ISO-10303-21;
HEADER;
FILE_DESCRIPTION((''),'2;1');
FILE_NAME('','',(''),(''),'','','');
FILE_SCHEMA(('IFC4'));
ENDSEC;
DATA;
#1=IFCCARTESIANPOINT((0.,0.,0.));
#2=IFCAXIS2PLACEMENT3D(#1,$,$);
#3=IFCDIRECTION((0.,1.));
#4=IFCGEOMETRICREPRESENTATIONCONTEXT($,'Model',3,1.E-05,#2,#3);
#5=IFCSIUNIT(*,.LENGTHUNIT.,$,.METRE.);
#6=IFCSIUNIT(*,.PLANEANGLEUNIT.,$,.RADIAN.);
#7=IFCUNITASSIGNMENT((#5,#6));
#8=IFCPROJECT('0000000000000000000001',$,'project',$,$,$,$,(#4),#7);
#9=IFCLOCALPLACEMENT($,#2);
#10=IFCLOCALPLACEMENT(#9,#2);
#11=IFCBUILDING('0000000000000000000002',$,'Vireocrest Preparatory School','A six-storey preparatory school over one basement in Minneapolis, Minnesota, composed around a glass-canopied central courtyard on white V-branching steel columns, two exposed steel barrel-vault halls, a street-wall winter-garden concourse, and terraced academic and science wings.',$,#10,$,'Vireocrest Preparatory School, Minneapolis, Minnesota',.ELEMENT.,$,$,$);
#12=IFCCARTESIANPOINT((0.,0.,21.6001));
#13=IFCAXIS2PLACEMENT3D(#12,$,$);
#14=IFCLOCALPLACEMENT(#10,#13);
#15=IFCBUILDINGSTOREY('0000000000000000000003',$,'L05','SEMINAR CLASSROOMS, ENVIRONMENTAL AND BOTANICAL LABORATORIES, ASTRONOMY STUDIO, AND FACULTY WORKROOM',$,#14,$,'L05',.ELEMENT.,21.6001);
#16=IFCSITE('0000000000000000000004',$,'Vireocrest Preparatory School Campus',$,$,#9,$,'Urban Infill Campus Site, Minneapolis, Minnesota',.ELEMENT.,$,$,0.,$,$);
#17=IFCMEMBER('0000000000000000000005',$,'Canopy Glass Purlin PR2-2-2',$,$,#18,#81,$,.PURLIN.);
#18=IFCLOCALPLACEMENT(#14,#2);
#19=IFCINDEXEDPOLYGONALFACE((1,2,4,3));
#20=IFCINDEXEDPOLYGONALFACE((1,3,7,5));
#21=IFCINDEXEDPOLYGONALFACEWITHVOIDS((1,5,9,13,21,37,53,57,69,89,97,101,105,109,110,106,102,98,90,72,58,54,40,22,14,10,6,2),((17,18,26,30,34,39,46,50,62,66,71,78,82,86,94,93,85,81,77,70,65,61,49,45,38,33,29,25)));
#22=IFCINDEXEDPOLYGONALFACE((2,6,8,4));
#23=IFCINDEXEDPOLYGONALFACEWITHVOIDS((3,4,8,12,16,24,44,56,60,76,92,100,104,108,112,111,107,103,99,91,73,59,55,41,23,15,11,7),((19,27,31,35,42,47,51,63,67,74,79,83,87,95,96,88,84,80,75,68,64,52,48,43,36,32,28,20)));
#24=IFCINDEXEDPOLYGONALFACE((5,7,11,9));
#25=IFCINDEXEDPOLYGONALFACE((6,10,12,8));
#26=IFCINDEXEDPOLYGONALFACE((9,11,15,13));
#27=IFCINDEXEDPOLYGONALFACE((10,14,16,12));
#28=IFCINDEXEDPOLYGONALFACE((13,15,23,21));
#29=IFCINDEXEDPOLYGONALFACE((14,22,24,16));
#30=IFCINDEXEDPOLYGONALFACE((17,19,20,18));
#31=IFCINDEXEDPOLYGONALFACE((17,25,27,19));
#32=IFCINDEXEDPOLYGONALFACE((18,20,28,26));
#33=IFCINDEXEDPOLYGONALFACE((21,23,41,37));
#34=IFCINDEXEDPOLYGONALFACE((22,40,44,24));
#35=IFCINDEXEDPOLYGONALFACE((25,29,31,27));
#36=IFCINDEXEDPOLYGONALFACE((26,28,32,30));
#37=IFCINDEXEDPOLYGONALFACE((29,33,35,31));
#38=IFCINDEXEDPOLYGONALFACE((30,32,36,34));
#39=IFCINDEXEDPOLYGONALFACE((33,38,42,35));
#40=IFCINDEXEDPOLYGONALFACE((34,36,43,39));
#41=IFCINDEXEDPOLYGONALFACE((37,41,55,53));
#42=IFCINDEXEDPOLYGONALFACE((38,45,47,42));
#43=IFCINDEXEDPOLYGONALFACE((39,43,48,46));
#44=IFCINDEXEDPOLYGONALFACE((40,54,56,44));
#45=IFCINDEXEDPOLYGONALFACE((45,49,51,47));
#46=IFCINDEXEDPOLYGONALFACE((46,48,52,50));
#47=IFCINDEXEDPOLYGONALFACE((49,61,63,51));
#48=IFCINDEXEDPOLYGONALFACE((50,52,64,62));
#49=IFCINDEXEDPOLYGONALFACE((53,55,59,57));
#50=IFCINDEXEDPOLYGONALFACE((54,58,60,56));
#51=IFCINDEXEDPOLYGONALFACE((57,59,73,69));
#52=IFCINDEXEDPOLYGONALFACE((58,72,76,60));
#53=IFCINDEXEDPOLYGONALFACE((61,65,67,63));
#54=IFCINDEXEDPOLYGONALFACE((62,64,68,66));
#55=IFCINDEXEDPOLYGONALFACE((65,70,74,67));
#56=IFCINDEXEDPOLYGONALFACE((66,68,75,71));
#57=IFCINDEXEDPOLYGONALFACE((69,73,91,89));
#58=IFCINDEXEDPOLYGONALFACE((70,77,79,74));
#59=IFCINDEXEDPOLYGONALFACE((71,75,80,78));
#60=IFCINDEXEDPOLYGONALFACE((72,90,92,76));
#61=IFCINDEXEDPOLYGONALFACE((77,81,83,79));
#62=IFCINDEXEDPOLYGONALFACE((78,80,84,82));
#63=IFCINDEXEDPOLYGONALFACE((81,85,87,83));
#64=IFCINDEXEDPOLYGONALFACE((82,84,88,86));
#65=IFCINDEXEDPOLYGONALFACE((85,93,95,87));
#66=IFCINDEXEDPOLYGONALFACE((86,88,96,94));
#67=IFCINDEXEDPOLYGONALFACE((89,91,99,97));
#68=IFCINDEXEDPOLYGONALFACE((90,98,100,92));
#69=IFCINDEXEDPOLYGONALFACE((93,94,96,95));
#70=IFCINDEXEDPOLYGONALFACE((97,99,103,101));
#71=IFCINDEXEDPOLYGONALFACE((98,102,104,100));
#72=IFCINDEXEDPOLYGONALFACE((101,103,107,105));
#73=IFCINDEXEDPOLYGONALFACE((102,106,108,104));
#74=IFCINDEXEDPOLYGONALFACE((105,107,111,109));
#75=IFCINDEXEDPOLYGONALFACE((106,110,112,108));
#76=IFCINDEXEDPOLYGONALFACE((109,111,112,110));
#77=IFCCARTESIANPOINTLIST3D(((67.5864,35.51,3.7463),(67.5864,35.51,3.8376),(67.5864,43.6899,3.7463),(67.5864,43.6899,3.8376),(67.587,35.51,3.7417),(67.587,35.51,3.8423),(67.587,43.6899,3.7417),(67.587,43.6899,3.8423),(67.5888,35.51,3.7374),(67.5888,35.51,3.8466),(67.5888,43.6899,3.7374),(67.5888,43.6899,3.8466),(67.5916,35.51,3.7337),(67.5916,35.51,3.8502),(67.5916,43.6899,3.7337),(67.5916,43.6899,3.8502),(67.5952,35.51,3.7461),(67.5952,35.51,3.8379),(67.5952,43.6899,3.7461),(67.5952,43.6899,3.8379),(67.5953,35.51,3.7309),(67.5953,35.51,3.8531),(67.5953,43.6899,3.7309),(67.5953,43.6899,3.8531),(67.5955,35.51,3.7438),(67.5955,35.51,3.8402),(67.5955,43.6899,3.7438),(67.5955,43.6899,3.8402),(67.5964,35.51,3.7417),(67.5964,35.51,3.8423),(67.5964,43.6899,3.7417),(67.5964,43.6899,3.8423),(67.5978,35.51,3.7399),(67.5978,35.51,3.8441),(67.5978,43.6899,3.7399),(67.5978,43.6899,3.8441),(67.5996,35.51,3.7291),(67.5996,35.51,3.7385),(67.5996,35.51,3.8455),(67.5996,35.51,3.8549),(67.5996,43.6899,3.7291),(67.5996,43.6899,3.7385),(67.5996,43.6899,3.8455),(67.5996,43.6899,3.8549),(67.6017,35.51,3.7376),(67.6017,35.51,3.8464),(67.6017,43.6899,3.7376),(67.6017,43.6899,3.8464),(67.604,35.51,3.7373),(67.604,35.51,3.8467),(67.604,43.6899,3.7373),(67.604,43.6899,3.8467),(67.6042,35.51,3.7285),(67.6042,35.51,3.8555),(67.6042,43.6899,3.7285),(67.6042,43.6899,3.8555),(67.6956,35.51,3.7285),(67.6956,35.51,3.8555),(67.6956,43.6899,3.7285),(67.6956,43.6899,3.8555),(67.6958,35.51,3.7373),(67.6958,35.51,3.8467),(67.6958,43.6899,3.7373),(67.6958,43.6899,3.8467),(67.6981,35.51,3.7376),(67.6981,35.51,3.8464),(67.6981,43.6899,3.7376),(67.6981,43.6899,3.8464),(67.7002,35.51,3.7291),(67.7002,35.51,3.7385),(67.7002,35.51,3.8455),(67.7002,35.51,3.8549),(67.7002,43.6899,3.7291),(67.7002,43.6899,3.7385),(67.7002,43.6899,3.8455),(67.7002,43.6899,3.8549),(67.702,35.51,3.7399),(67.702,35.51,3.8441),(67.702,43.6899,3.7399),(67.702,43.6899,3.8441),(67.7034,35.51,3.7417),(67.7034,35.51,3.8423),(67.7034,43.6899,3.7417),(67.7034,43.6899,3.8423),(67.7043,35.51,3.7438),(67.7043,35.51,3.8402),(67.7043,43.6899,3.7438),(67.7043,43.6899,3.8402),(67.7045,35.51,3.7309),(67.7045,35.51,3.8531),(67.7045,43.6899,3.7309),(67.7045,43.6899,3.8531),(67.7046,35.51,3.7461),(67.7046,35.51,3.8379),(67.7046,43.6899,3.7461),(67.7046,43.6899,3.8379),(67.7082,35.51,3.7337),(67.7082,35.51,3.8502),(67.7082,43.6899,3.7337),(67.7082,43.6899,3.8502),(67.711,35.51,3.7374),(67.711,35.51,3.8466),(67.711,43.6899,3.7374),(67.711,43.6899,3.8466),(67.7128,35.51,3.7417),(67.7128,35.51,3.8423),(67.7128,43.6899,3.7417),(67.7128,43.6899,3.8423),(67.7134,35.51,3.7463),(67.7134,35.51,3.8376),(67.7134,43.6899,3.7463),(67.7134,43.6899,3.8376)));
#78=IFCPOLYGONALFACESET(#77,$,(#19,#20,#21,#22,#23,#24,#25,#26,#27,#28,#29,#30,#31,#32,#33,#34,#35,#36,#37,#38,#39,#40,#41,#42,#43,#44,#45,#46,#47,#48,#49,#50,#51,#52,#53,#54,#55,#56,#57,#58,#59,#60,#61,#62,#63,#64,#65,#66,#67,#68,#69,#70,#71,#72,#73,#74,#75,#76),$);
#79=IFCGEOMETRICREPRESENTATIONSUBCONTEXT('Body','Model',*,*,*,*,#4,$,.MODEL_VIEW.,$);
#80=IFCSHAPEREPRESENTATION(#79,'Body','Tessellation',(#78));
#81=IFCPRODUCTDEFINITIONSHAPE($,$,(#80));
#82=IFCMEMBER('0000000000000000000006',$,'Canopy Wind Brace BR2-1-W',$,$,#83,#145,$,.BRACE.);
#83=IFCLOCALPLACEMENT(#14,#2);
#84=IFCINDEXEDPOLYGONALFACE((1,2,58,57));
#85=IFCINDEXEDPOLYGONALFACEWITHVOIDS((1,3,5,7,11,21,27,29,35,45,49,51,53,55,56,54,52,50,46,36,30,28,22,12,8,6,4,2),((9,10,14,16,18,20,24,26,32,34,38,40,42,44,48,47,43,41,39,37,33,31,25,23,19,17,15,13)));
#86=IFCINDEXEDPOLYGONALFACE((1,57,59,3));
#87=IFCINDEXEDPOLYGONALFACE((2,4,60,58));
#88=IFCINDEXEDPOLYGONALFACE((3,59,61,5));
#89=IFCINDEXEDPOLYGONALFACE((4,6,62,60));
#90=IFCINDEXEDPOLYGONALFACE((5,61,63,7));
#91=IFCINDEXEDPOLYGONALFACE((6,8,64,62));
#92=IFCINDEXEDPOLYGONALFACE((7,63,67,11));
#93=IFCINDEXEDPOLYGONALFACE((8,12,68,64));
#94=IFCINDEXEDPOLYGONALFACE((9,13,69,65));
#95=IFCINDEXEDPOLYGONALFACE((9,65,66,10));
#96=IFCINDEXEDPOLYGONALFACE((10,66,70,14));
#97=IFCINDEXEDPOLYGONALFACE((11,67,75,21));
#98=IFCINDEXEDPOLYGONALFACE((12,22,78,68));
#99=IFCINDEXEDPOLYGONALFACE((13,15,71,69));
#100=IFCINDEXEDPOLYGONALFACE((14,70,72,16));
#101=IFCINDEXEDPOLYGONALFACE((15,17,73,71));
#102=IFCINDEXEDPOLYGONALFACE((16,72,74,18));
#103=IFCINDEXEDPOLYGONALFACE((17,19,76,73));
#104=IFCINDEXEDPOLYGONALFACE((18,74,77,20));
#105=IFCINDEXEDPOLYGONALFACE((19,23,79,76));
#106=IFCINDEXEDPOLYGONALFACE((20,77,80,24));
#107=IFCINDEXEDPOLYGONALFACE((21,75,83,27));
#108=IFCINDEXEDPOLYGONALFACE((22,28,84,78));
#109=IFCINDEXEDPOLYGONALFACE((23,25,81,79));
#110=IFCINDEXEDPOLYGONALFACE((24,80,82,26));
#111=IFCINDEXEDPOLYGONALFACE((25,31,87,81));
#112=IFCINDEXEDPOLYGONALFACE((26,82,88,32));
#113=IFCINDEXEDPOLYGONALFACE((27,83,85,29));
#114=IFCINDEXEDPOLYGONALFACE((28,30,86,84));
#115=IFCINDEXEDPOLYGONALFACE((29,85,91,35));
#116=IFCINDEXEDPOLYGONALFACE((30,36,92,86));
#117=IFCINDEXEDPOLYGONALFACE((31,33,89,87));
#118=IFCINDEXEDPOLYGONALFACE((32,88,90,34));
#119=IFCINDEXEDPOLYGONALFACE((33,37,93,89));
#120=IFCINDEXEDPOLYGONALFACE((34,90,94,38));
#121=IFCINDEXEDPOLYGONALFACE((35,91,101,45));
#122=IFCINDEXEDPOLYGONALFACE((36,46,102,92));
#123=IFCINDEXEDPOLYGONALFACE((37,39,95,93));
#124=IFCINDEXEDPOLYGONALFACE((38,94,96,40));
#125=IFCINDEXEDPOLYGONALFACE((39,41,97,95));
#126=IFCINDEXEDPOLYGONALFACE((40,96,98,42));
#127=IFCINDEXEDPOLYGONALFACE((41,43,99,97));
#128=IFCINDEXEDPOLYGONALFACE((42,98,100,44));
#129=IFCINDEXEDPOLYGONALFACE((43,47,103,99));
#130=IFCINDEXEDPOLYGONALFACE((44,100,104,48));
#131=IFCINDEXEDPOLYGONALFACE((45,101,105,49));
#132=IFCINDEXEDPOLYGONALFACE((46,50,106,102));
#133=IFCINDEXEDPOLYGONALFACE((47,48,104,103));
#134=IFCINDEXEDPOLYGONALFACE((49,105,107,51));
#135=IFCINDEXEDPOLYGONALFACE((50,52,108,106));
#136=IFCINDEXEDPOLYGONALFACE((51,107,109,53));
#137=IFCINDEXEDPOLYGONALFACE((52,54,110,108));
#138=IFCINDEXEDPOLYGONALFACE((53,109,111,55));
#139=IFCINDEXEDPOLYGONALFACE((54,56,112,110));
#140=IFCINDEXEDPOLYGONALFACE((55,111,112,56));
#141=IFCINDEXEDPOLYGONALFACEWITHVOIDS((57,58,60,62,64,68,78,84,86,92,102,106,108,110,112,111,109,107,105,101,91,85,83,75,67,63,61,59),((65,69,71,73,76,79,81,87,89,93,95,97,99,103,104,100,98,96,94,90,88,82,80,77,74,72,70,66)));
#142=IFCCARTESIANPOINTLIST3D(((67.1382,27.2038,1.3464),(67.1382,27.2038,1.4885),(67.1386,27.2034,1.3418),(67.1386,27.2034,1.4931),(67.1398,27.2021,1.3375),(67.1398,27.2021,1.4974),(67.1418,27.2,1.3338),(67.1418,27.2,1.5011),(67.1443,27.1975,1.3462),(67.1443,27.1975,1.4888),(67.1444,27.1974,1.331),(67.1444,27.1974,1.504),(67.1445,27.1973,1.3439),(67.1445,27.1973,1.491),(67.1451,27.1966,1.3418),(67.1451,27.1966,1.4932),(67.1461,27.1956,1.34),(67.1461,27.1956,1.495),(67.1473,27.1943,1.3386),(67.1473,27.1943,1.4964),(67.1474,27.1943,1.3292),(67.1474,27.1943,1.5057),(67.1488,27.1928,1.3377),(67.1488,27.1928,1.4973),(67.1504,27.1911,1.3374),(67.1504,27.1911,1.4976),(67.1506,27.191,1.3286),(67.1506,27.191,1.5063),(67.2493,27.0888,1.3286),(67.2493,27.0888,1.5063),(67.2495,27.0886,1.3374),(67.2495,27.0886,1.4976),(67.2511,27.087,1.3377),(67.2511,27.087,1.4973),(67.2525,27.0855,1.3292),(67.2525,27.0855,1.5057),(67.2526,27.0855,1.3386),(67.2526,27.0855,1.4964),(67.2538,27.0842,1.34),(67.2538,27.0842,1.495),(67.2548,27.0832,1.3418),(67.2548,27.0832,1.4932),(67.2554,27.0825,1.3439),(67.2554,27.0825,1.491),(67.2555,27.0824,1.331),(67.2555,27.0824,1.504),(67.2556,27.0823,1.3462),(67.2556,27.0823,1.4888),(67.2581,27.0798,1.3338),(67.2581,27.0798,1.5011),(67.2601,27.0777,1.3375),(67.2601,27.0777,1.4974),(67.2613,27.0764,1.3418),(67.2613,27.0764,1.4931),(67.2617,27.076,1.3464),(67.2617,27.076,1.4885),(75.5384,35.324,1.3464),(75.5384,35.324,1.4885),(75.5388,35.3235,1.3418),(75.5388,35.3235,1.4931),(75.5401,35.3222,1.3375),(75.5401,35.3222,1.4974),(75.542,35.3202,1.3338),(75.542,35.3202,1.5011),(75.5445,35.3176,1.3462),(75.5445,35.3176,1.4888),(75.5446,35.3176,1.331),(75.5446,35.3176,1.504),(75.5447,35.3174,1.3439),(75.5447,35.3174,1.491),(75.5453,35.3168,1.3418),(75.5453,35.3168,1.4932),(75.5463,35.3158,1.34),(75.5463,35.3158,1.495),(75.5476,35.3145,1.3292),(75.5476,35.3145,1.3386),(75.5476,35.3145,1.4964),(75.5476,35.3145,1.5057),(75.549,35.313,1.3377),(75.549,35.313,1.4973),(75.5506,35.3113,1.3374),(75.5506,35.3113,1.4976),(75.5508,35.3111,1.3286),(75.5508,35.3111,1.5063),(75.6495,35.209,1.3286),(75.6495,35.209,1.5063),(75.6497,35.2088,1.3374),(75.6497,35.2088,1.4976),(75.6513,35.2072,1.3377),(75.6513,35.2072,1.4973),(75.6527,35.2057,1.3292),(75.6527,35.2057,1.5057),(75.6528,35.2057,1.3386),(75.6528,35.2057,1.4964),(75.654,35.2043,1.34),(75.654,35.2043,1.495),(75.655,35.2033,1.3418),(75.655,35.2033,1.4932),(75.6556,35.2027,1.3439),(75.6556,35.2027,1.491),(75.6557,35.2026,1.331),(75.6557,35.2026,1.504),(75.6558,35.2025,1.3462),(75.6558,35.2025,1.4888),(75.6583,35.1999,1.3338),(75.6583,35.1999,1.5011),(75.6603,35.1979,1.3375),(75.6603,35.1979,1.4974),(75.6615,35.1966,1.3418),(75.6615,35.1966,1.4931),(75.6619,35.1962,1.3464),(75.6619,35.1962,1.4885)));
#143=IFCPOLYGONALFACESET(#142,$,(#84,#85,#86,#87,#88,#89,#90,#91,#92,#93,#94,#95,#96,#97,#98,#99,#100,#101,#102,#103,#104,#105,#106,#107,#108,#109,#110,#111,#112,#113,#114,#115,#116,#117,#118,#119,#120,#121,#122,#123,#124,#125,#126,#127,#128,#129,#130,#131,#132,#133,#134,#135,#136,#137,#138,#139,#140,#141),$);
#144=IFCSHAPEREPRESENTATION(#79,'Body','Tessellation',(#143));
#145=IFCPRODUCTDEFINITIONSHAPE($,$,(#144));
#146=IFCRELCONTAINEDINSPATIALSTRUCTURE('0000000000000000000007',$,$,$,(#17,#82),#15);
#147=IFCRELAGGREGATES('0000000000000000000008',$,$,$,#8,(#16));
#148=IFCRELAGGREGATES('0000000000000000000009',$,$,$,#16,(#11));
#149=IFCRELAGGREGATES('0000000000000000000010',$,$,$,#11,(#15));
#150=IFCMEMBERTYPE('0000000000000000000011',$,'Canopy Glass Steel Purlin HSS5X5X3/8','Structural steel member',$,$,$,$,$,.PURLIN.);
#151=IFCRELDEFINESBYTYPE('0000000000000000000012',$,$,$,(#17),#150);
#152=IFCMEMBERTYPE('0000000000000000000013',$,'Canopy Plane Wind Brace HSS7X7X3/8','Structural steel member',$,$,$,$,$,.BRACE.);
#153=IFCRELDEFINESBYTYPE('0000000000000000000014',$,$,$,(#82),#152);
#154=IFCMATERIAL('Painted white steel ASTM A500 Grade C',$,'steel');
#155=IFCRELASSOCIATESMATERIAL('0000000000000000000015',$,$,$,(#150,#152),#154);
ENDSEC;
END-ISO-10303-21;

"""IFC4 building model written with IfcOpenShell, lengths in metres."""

from ifc_helpers import new_model, si_unit, direction, frame, origin, origin_2d, place, context, subcontext, project, spatial, hollow_rectangle, extrude, material, material_profile, profile_set, type_object, element, save


model = new_model("IFC4")

# Units and contexts
model_context = context("Model", 3, precision=1e-05, world=origin(), true_north=direction((0.0, 1.0)))
body_context = subcontext(model_context, "Body", "Model", "MODEL_VIEW")
ifc_project = project(units=[si_unit("LENGTHUNIT", "METRE"), si_unit("PLANEANGLEUNIT", "RADIAN")], contexts=[model_context])

# Site, building, storey
site_placement = place(None, origin())
site = spatial("IfcSite", under=ifc_project, at=site_placement, Name="Vireocrest Preparatory School Campus", LongName="Urban Infill Campus Site, Minneapolis, Minnesota", CompositionType="ELEMENT", RefElevation=0.0)
building_placement = place(site_placement, origin())
building = spatial("IfcBuilding", under=site, at=building_placement, Name="Vireocrest Preparatory School", Description="A six-storey preparatory school over one basement in Minneapolis, Minnesota, composed around a glass-canopied central courtyard on white V-branching steel columns, two exposed steel barrel-vault halls, a street-wall winter-garden concourse, and terraced academic and science wings.", LongName="Vireocrest Preparatory School, Minneapolis, Minnesota", CompositionType="ELEMENT")
storey_placement = place(building_placement, frame((0.0, 0.0, 21.6001)))
storey = spatial("IfcBuildingStorey", under=building, at=storey_placement, Name="L05", Description="SEMINAR CLASSROOMS, ENVIRONMENTAL AND BOTANICAL LABORATORIES, ASTRONOMY STUDIO, AND FACULTY WORKROOM", LongName="L05", CompositionType="ELEMENT", Elevation=21.6001)

# Members
ifc_material_1 = material(Name="Painted white steel ASTM A500 Grade C", Category="steel")
ifc_material_profile_1 = material_profile(ifc_material_1, hollow_rectangle(XDim=0.127, YDim=0.127, WallThickness=0.0088, InnerFilletRadius=0.0088, OuterFilletRadius=0.0178, at=origin_2d()), Name="HSS5X5X3/8")
ifc_profile_set_1 = profile_set([ifc_material_profile_1], Name="Painted white steel ASTM A500 Grade C")
member_type_1 = type_object("IfcMemberType", Name="Canopy Glass Steel Purlin HSS5X5X3/8", Description="Structural steel member", PredefinedType="PURLIN", material=ifc_profile_set_1)
for number, where, z_axis, x_axis, name in (
    (1, (67.6499, 35.51, 3.792), (0.0, 1.0, 0.0), (-1.0, 0.0, 0.0), "Canopy Glass Purlin PR2-2-2"),
):
    element("IfcMember", number, at=place(storey_placement, frame(where, z_axis=z_axis, x_axis=x_axis)), inside=storey, type_object=member_type_1, Name=name, PredefinedType="PURLIN", context=body_context, shape_type="SweptSolid", body=[
        extrude(hollow_rectangle(XDim=0.127, YDim=0.127, WallThickness=0.0088, InnerFilletRadius=0.0088, OuterFilletRadius=0.0178, at=origin_2d()), origin(), (0.0, 0.0, 1.0), 8.1799),
    ])
ifc_material_profile_2 = material_profile(ifc_material_1, hollow_rectangle(XDim=0.1777, YDim=0.1777, WallThickness=0.0088, InnerFilletRadius=0.0088, OuterFilletRadius=0.0178, at=origin_2d()), Name="HSS7X7X3/8")
ifc_profile_set_2 = profile_set([ifc_material_profile_2], Name="Painted white steel ASTM A500 Grade C")
member_type_2 = type_object("IfcMemberType", Name="Canopy Plane Wind Brace HSS7X7X3/8", Description="Structural steel member", PredefinedType="BRACE", material=ifc_profile_set_2)
member_1_placement = place(storey_placement, frame((67.2, 27.1399, 1.4175), z_axis=(0.718989, 0.695021, 0.0), x_axis=(-0.695021, 0.718989, 0.0)))
element("IfcMember", 2, at=member_1_placement, inside=storey, type_object=member_type_2, Name="Canopy Wind Brace BR2-1-W", PredefinedType="BRACE", context=body_context, shape_type="SweptSolid", body=[
    extrude(hollow_rectangle(XDim=0.1777, YDim=0.1777, WallThickness=0.0088, InnerFilletRadius=0.0088, OuterFilletRadius=0.0178, at=origin_2d()), origin(), (0.0, 0.0, 1.0), 11.6833),
])

save(model, "model.ifc")
